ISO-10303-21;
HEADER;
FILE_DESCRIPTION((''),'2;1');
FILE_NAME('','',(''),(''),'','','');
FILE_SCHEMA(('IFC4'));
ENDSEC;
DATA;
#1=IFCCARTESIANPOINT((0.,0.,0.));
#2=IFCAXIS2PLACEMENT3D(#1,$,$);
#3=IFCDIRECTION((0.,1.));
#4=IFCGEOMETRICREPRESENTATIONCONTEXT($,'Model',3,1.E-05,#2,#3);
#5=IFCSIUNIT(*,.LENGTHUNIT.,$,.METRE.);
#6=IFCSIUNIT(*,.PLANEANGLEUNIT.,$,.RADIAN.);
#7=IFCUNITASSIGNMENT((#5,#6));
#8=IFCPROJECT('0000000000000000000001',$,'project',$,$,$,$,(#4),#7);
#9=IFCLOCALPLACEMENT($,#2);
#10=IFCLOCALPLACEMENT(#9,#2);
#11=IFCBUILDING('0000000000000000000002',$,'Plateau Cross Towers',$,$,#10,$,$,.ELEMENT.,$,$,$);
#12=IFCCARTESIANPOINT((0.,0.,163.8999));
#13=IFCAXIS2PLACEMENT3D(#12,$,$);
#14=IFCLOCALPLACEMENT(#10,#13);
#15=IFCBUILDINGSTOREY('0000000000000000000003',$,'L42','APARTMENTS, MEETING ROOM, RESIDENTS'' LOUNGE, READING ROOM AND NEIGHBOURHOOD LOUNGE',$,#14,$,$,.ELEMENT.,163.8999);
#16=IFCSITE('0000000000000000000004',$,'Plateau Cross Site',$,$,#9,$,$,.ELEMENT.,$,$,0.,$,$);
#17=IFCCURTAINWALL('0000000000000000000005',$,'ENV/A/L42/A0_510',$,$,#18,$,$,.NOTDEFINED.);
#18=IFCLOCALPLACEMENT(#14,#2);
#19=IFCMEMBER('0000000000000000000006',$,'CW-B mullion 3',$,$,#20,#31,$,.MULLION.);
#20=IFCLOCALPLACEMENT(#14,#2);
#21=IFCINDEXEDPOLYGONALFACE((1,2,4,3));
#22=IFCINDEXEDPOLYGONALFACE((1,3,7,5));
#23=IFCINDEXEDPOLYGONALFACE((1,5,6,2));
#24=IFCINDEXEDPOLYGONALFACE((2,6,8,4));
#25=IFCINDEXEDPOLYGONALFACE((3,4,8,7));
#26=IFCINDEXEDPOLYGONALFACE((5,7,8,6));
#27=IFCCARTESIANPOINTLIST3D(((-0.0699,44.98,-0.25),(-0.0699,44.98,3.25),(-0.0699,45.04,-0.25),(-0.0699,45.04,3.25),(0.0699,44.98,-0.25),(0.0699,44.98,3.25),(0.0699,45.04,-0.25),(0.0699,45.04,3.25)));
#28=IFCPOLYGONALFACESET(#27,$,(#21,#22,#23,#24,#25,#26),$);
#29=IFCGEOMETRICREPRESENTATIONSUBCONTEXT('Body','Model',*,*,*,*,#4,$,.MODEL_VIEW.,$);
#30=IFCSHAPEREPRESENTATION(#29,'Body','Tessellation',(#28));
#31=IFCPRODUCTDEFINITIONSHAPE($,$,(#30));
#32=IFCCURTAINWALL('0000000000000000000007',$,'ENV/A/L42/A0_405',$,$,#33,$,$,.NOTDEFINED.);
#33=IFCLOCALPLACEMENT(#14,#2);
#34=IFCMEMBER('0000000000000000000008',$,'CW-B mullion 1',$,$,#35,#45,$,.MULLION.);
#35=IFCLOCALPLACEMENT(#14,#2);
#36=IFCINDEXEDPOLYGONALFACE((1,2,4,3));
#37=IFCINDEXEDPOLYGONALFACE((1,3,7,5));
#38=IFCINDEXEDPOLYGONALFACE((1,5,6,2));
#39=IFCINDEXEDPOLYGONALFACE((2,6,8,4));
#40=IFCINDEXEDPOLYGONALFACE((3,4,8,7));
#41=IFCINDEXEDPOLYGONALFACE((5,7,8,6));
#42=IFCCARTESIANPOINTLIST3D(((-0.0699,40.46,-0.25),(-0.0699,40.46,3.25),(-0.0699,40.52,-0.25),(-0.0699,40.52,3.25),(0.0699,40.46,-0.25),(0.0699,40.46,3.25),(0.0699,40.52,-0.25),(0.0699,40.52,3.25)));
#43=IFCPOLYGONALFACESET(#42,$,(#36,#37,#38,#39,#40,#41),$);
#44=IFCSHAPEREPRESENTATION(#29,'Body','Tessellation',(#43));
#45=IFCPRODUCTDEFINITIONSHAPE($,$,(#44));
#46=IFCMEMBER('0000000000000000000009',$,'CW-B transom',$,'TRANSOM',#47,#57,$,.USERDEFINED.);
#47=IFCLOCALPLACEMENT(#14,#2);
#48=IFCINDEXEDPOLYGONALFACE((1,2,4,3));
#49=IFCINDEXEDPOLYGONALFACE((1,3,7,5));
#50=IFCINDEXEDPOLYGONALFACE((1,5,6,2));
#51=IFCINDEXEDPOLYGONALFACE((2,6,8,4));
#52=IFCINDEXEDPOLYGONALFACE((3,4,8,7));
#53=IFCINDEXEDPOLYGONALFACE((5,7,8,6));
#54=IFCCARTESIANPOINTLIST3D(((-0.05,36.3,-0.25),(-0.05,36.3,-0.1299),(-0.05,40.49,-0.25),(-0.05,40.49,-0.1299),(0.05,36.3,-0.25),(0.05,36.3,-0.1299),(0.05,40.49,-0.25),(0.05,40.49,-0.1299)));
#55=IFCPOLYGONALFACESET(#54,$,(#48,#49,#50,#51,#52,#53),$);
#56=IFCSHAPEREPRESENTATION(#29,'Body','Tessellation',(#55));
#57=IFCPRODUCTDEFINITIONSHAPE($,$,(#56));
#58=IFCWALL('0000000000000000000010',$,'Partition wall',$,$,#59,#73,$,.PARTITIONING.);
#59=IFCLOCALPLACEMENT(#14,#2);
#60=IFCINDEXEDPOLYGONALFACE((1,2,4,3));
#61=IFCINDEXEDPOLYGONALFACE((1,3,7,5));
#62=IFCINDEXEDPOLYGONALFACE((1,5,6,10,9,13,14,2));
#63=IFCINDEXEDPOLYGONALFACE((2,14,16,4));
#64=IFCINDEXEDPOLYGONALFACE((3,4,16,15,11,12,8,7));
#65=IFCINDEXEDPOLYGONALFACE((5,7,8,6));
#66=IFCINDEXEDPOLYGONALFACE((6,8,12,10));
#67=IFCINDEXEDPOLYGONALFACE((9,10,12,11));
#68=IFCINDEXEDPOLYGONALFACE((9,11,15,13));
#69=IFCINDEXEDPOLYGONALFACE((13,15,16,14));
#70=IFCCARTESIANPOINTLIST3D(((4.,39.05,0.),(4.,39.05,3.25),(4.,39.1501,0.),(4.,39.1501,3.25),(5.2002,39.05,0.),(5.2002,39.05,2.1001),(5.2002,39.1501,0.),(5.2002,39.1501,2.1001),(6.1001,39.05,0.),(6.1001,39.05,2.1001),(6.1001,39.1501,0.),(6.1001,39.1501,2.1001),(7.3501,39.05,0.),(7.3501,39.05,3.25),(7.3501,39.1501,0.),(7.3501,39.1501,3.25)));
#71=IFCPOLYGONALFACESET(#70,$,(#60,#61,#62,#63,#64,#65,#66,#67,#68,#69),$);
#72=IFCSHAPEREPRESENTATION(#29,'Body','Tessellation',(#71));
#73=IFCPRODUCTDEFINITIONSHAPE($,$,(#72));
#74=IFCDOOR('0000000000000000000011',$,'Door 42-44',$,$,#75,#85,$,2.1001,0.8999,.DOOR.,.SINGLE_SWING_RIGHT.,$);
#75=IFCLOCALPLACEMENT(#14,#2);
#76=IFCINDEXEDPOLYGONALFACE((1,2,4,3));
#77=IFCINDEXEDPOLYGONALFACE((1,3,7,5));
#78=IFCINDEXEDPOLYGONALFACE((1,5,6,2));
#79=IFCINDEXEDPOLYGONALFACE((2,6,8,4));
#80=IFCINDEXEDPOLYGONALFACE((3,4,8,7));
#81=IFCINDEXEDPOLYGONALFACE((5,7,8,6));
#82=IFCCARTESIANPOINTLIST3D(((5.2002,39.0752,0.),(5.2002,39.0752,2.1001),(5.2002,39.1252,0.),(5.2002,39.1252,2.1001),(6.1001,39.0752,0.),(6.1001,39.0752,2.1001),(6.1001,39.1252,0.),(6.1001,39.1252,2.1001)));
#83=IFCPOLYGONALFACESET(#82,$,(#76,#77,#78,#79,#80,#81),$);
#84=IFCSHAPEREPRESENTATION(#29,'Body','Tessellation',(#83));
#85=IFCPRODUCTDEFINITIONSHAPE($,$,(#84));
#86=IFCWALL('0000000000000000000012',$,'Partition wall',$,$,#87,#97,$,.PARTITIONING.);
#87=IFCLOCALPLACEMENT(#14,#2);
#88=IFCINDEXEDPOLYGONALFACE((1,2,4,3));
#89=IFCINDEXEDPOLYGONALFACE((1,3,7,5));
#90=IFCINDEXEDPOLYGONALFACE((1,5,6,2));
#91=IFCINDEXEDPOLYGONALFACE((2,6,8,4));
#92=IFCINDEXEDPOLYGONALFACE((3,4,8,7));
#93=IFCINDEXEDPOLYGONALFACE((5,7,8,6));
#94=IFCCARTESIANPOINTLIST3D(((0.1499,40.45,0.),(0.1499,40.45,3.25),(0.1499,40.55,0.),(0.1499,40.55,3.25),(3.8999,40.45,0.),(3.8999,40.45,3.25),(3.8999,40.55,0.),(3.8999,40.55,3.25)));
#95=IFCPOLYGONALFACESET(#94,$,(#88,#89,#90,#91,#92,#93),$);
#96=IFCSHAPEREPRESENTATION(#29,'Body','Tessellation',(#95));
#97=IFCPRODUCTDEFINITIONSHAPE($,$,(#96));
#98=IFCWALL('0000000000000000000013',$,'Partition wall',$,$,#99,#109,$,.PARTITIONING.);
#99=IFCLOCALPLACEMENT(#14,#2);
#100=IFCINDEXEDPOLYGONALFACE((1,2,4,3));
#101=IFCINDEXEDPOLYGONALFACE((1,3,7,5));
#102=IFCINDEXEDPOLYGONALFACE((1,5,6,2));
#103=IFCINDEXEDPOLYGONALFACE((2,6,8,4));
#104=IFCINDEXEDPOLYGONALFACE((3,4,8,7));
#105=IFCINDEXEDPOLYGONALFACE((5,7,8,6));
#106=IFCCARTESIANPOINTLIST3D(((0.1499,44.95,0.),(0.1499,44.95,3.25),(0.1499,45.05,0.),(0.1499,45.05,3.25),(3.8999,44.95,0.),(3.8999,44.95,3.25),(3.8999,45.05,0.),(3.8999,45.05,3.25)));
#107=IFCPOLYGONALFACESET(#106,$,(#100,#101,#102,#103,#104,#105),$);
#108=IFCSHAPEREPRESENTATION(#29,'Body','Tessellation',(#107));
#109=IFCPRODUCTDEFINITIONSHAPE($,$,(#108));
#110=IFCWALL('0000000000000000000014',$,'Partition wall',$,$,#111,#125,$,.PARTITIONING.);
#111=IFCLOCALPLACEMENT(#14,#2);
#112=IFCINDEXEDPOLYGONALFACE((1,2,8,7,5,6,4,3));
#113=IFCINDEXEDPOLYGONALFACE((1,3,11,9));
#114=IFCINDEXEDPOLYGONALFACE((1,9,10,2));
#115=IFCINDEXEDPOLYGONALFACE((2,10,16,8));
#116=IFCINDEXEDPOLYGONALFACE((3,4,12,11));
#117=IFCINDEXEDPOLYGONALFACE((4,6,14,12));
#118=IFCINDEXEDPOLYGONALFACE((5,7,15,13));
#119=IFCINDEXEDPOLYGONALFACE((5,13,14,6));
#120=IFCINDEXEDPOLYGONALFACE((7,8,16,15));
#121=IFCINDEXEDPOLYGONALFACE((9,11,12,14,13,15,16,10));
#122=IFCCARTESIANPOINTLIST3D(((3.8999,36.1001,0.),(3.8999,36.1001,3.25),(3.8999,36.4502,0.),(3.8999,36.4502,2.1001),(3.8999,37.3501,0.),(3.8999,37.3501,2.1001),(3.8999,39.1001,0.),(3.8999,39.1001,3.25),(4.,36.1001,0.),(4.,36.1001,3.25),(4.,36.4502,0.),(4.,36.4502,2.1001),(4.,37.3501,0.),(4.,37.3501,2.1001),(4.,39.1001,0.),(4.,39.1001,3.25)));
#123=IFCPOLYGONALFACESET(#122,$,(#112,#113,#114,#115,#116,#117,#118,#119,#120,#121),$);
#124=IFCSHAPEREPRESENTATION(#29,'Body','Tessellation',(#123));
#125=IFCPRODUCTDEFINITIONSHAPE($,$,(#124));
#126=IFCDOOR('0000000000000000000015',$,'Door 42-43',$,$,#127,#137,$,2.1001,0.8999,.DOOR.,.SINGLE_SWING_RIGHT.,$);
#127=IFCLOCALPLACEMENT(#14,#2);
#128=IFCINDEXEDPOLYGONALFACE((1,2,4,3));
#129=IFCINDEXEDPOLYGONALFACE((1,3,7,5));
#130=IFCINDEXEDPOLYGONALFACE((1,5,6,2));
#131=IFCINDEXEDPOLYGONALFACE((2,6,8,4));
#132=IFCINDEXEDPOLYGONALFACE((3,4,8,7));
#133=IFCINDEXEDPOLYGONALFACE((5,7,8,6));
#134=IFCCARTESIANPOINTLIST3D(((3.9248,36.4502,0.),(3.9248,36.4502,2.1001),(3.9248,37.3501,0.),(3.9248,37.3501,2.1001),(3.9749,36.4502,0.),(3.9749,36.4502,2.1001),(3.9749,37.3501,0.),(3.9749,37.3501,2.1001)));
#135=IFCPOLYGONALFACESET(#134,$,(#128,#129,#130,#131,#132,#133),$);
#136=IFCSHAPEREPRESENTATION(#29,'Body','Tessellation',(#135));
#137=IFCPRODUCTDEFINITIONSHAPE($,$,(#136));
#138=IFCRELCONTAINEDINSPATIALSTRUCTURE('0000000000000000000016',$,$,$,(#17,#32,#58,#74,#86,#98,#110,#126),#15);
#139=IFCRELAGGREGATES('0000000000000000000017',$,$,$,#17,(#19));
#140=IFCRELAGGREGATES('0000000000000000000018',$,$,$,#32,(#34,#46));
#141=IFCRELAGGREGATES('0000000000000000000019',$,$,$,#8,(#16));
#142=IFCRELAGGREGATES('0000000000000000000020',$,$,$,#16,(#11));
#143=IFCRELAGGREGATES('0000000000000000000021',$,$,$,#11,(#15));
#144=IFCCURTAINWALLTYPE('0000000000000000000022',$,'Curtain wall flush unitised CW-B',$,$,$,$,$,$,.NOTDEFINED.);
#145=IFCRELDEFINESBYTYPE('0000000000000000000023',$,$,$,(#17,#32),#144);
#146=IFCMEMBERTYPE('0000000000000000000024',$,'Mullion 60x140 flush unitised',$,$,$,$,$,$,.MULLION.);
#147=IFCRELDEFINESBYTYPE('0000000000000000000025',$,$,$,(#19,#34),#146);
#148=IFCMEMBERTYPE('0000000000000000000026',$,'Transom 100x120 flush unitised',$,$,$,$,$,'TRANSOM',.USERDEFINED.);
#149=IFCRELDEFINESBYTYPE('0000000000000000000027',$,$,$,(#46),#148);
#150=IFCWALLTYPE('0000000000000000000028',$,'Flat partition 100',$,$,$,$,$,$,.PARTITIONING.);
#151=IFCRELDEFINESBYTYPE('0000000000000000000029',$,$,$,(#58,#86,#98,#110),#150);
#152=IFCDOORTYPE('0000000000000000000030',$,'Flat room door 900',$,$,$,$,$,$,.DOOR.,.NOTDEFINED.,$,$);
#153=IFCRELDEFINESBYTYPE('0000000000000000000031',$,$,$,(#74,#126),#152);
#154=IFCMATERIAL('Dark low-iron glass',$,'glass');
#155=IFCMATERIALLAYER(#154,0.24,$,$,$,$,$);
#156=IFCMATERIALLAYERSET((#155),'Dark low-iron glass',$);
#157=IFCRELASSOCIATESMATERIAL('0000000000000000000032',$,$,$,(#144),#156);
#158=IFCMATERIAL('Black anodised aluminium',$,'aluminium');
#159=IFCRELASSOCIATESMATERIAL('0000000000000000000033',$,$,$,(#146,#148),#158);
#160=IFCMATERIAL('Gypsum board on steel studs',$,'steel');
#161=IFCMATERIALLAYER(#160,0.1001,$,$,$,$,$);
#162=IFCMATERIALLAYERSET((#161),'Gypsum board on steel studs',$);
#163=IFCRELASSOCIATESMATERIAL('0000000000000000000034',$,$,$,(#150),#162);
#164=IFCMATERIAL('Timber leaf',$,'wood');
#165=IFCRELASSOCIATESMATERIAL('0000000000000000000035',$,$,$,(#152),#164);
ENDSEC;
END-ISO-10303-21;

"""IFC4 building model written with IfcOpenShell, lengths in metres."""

from ifc_helpers import new_model, si_unit, direction, frame, frame_2d, origin, origin_2d, place, context, subcontext, project, spatial, rectangle, extrude, material, layer, layer_set, material_profile, profile_set, type_object, element, fill, aggregate, save


model = new_model("IFC4")

# Units and contexts
model_context = context("Model", 3, precision=1e-05, world=origin(), true_north=direction((0.0, 1.0)))
body_context = subcontext(model_context, "Body", "Model", "MODEL_VIEW")
ifc_project = project(units=[si_unit("LENGTHUNIT", "METRE"), si_unit("PLANEANGLEUNIT", "RADIAN")], contexts=[model_context])

# Site, building, storey
site_placement = place(None, origin())
site = spatial("IfcSite", under=ifc_project, at=site_placement, Name="Plateau Cross Site", CompositionType="ELEMENT", RefElevation=0.0)
building_placement = place(site_placement, origin())
building = spatial("IfcBuilding", under=site, at=building_placement, Name="Plateau Cross Towers", CompositionType="ELEMENT")
storey_placement = place(building_placement, frame((0.0, 0.0, 163.8999)))
storey = spatial("IfcBuildingStorey", under=building, at=storey_placement, Name="L42", Description="APARTMENTS, MEETING ROOM, RESIDENTS' LOUNGE, READING ROOM AND NEIGHBOURHOOD LOUNGE", CompositionType="ELEMENT", Elevation=163.8999)

# Curtain wall, member
ifc_material_1 = material(Name="Dark low-iron glass", Category="glass")
ifc_layer_1 = layer(ifc_material_1, 0.24)
ifc_layer_set_1 = layer_set([ifc_layer_1], Name="Dark low-iron glass")
curtain_wall_type = type_object("IfcCurtainWallType", Name="Curtain wall flush unitised CW-B", PredefinedType="NOTDEFINED", material=ifc_layer_set_1)
curtain_wall_1_placement = place(storey_placement, origin())
curtain_wall_1 = element("IfcCurtainWall", 1, at=curtain_wall_1_placement, inside=storey, type_object=curtain_wall_type, Name="ENV/A/L42/A0_510", PredefinedType="NOTDEFINED")
ifc_material_2 = material(Name="Black anodised aluminium", Category="aluminium")
ifc_material_profile_1 = material_profile(ifc_material_2, rectangle(XDim=0.0601, YDim=0.1399, at=origin_2d()), Name="MULLION 60x140")
ifc_profile_set_1 = profile_set([ifc_material_profile_1], Name="Black anodised aluminium")
member_type_1 = type_object("IfcMemberType", Name="Mullion 60x140 flush unitised", PredefinedType="MULLION", material=ifc_profile_set_1)
member_1_placement = place(storey_placement, frame((0.0, 45.01, -0.25), z_axis=(0.0, 0.0, 1.0), x_axis=(0.0, -1.0, 0.0)))
member_1 = element("IfcMember", 2, at=member_1_placement, type_object=member_type_1, Name="CW-B mullion 3", PredefinedType="MULLION", context=body_context, shape_type="SweptSolid", body=[
    extrude(rectangle(XDim=0.0601, YDim=0.1399, at=origin_2d()), origin(), (0.0, 0.0, 1.0), 3.5),
])
aggregate(curtain_wall_1, [member_1])

# Curtain wall, members
curtain_wall_2_placement = place(storey_placement, origin())
curtain_wall_2 = element("IfcCurtainWall", 3, at=curtain_wall_2_placement, inside=storey, type_object=curtain_wall_type, Name="ENV/A/L42/A0_405", PredefinedType="NOTDEFINED")
member_2_placement = place(storey_placement, frame((0.0, 40.49, -0.25), z_axis=(0.0, 0.0, 1.0), x_axis=(0.0, -1.0, 0.0)))
member_2 = element("IfcMember", 4, at=member_2_placement, type_object=member_type_1, Name="CW-B mullion 1", PredefinedType="MULLION", context=body_context, shape_type="SweptSolid", body=[
    extrude(rectangle(XDim=0.0601, YDim=0.1399, at=origin_2d()), origin(), (0.0, 0.0, 1.0), 3.5),
])
ifc_material_profile_2 = material_profile(ifc_material_2, rectangle(XDim=0.1001, YDim=0.1201, at=origin_2d()), Name="TRANSOM 100x120")
ifc_profile_set_2 = profile_set([ifc_material_profile_2], Name="Black anodised aluminium")
member_type_2 = type_object("IfcMemberType", Name="Transom 100x120 flush unitised", ElementType="TRANSOM", PredefinedType="USERDEFINED", material=ifc_profile_set_2)
member_3_placement = place(storey_placement, frame((0.0, 40.49, -0.1899), z_axis=(0.0, -1.0, 0.0), x_axis=(1.0, 0.0, 0.0)))
member_3 = element("IfcMember", 5, at=member_3_placement, type_object=member_type_2, Name="CW-B transom", ObjectType="TRANSOM", PredefinedType="USERDEFINED", context=body_context, shape_type="SweptSolid", body=[
    extrude(rectangle(XDim=0.1001, YDim=0.1201, at=origin_2d()), origin(), (0.0, 0.0, 1.0), 4.1899),
])
aggregate(curtain_wall_2, [member_2, member_3])

# Wall, opening, door
ifc_material_3 = material(Name="Gypsum board on steel studs", Category="steel")
ifc_layer_2 = layer(ifc_material_3, 0.1001)
ifc_layer_set_2 = layer_set([ifc_layer_2], Name="Gypsum board on steel studs")
wall_type_1 = type_object("IfcWallType", Name="Flat partition 100", PredefinedType="PARTITIONING", material=ifc_layer_set_2)
wall_1_placement = place(storey_placement, frame((7.3501, 39.1001, 0.0), z_axis=(0.0, 0.0, 1.0), x_axis=(-1.0, 0.0, 0.0)))
wall_1 = element("IfcWall", 6, at=wall_1_placement, inside=storey, type_object=wall_type_1, Name="Partition wall", PredefinedType="PARTITIONING", context=body_context, shape_type="SweptSolid", body=[
    extrude(rectangle(XDim=3.3501, YDim=0.1001, at=frame_2d((1.675, 0.0))), origin(), (0.0, 0.0, 1.0), 3.25),
])
opening_1_placement = place(wall_1_placement, frame((1.25, 0.0, 0.0)))
opening_1 = element("IfcOpeningElement", 7, at=opening_1_placement, cuts=wall_1, PredefinedType="OPENING", context=body_context, shape_type="SweptSolid", body=[
    extrude(rectangle(XDim=0.8999, YDim=2.1001, at=frame_2d((0.45, 1.05))), frame((0.0, 0.0601, 0.0), z_axis=(0.0, -1.0, 0.0), x_axis=(1.0, 0.0, 0.0)), (0.0, 0.0, 1.0), 0.1201),
])
ifc_material_4 = material(Name="Timber leaf", Category="wood")
door_type_1 = type_object("IfcDoorType", Name="Flat room door 900", OperationType="NOTDEFINED", PredefinedType="DOOR", material=ifc_material_4)
door_1_placement = place(opening_1_placement, origin())
door_1 = element("IfcDoor", 8, at=door_1_placement, inside=storey, type_object=door_type_1, Name="Door 42-44", OperationType="SINGLE_SWING_RIGHT", OverallHeight=2.1001, OverallWidth=0.8999, PredefinedType="DOOR", context=body_context, shape_type="SweptSolid", body=[
    extrude(rectangle(XDim=0.8999, YDim=2.1001, at=frame_2d((0.45, 1.05))), frame((0.0, 0.0249, 0.0), z_axis=(0.0, -1.0, 0.0), x_axis=(1.0, 0.0, 0.0)), (0.0, 0.0, 1.0), 0.05),
])
fill(opening_1, door_1)

# Walls
for number, where, z_axis, x_axis, name in (
    (9, (0.1499, 40.5, 0.0), (0.0, 0.0, 1.0), (1.0, 0.0, 0.0), "Partition wall"),
    (10, (3.8999, 45.0, 0.0), (0.0, 0.0, 1.0), (-1.0, 0.0, 0.0), "Partition wall"),
):
    element("IfcWall", number, at=place(storey_placement, frame(where, z_axis=z_axis, x_axis=x_axis)), inside=storey, type_object=wall_type_1, Name=name, PredefinedType="PARTITIONING", context=body_context, shape_type="SweptSolid", body=[
        extrude(rectangle(XDim=3.75, YDim=0.1001, at=frame_2d((1.875, 0.0))), origin(), (0.0, 0.0, 1.0), 3.25),
    ])

# Wall, opening, door
wall_2_placement = place(storey_placement, frame((3.95, 39.1001, 0.0), z_axis=(0.0, 0.0, 1.0), x_axis=(0.0, -1.0, 0.0)))
wall_2 = element("IfcWall", 11, at=wall_2_placement, inside=storey, type_object=wall_type_1, Name="Partition wall", PredefinedType="PARTITIONING", context=body_context, shape_type="SweptSolid", body=[
    extrude(rectangle(XDim=3.0, YDim=0.1001, at=frame_2d((1.5, 0.0))), origin(), (0.0, 0.0, 1.0), 3.25),
])
opening_2_placement = place(wall_2_placement, frame((1.75, 0.0, 0.0)))
opening_2 = element("IfcOpeningElement", 12, at=opening_2_placement, cuts=wall_2, PredefinedType="OPENING", context=body_context, shape_type="SweptSolid", body=[
    extrude(rectangle(XDim=0.8999, YDim=2.1001, at=frame_2d((0.45, 1.05))), frame((0.0, 0.0601, 0.0), z_axis=(0.0, -1.0, 0.0), x_axis=(1.0, 0.0, 0.0)), (0.0, 0.0, 1.0), 0.1201),
])
door_2_placement = place(opening_2_placement, origin())
door_2 = element("IfcDoor", 13, at=door_2_placement, inside=storey, type_object=door_type_1, Name="Door 42-43", OperationType="SINGLE_SWING_RIGHT", OverallHeight=2.1001, OverallWidth=0.8999, PredefinedType="DOOR", context=body_context, shape_type="SweptSolid", body=[
    extrude(rectangle(XDim=0.8999, YDim=2.1001, at=frame_2d((0.45, 1.05))), frame((0.0, 0.0249, 0.0), z_axis=(0.0, -1.0, 0.0), x_axis=(1.0, 0.0, 0.0)), (0.0, 0.0, 1.0), 0.05),
])
fill(opening_2, door_2)

save(model, "model.ifc")
